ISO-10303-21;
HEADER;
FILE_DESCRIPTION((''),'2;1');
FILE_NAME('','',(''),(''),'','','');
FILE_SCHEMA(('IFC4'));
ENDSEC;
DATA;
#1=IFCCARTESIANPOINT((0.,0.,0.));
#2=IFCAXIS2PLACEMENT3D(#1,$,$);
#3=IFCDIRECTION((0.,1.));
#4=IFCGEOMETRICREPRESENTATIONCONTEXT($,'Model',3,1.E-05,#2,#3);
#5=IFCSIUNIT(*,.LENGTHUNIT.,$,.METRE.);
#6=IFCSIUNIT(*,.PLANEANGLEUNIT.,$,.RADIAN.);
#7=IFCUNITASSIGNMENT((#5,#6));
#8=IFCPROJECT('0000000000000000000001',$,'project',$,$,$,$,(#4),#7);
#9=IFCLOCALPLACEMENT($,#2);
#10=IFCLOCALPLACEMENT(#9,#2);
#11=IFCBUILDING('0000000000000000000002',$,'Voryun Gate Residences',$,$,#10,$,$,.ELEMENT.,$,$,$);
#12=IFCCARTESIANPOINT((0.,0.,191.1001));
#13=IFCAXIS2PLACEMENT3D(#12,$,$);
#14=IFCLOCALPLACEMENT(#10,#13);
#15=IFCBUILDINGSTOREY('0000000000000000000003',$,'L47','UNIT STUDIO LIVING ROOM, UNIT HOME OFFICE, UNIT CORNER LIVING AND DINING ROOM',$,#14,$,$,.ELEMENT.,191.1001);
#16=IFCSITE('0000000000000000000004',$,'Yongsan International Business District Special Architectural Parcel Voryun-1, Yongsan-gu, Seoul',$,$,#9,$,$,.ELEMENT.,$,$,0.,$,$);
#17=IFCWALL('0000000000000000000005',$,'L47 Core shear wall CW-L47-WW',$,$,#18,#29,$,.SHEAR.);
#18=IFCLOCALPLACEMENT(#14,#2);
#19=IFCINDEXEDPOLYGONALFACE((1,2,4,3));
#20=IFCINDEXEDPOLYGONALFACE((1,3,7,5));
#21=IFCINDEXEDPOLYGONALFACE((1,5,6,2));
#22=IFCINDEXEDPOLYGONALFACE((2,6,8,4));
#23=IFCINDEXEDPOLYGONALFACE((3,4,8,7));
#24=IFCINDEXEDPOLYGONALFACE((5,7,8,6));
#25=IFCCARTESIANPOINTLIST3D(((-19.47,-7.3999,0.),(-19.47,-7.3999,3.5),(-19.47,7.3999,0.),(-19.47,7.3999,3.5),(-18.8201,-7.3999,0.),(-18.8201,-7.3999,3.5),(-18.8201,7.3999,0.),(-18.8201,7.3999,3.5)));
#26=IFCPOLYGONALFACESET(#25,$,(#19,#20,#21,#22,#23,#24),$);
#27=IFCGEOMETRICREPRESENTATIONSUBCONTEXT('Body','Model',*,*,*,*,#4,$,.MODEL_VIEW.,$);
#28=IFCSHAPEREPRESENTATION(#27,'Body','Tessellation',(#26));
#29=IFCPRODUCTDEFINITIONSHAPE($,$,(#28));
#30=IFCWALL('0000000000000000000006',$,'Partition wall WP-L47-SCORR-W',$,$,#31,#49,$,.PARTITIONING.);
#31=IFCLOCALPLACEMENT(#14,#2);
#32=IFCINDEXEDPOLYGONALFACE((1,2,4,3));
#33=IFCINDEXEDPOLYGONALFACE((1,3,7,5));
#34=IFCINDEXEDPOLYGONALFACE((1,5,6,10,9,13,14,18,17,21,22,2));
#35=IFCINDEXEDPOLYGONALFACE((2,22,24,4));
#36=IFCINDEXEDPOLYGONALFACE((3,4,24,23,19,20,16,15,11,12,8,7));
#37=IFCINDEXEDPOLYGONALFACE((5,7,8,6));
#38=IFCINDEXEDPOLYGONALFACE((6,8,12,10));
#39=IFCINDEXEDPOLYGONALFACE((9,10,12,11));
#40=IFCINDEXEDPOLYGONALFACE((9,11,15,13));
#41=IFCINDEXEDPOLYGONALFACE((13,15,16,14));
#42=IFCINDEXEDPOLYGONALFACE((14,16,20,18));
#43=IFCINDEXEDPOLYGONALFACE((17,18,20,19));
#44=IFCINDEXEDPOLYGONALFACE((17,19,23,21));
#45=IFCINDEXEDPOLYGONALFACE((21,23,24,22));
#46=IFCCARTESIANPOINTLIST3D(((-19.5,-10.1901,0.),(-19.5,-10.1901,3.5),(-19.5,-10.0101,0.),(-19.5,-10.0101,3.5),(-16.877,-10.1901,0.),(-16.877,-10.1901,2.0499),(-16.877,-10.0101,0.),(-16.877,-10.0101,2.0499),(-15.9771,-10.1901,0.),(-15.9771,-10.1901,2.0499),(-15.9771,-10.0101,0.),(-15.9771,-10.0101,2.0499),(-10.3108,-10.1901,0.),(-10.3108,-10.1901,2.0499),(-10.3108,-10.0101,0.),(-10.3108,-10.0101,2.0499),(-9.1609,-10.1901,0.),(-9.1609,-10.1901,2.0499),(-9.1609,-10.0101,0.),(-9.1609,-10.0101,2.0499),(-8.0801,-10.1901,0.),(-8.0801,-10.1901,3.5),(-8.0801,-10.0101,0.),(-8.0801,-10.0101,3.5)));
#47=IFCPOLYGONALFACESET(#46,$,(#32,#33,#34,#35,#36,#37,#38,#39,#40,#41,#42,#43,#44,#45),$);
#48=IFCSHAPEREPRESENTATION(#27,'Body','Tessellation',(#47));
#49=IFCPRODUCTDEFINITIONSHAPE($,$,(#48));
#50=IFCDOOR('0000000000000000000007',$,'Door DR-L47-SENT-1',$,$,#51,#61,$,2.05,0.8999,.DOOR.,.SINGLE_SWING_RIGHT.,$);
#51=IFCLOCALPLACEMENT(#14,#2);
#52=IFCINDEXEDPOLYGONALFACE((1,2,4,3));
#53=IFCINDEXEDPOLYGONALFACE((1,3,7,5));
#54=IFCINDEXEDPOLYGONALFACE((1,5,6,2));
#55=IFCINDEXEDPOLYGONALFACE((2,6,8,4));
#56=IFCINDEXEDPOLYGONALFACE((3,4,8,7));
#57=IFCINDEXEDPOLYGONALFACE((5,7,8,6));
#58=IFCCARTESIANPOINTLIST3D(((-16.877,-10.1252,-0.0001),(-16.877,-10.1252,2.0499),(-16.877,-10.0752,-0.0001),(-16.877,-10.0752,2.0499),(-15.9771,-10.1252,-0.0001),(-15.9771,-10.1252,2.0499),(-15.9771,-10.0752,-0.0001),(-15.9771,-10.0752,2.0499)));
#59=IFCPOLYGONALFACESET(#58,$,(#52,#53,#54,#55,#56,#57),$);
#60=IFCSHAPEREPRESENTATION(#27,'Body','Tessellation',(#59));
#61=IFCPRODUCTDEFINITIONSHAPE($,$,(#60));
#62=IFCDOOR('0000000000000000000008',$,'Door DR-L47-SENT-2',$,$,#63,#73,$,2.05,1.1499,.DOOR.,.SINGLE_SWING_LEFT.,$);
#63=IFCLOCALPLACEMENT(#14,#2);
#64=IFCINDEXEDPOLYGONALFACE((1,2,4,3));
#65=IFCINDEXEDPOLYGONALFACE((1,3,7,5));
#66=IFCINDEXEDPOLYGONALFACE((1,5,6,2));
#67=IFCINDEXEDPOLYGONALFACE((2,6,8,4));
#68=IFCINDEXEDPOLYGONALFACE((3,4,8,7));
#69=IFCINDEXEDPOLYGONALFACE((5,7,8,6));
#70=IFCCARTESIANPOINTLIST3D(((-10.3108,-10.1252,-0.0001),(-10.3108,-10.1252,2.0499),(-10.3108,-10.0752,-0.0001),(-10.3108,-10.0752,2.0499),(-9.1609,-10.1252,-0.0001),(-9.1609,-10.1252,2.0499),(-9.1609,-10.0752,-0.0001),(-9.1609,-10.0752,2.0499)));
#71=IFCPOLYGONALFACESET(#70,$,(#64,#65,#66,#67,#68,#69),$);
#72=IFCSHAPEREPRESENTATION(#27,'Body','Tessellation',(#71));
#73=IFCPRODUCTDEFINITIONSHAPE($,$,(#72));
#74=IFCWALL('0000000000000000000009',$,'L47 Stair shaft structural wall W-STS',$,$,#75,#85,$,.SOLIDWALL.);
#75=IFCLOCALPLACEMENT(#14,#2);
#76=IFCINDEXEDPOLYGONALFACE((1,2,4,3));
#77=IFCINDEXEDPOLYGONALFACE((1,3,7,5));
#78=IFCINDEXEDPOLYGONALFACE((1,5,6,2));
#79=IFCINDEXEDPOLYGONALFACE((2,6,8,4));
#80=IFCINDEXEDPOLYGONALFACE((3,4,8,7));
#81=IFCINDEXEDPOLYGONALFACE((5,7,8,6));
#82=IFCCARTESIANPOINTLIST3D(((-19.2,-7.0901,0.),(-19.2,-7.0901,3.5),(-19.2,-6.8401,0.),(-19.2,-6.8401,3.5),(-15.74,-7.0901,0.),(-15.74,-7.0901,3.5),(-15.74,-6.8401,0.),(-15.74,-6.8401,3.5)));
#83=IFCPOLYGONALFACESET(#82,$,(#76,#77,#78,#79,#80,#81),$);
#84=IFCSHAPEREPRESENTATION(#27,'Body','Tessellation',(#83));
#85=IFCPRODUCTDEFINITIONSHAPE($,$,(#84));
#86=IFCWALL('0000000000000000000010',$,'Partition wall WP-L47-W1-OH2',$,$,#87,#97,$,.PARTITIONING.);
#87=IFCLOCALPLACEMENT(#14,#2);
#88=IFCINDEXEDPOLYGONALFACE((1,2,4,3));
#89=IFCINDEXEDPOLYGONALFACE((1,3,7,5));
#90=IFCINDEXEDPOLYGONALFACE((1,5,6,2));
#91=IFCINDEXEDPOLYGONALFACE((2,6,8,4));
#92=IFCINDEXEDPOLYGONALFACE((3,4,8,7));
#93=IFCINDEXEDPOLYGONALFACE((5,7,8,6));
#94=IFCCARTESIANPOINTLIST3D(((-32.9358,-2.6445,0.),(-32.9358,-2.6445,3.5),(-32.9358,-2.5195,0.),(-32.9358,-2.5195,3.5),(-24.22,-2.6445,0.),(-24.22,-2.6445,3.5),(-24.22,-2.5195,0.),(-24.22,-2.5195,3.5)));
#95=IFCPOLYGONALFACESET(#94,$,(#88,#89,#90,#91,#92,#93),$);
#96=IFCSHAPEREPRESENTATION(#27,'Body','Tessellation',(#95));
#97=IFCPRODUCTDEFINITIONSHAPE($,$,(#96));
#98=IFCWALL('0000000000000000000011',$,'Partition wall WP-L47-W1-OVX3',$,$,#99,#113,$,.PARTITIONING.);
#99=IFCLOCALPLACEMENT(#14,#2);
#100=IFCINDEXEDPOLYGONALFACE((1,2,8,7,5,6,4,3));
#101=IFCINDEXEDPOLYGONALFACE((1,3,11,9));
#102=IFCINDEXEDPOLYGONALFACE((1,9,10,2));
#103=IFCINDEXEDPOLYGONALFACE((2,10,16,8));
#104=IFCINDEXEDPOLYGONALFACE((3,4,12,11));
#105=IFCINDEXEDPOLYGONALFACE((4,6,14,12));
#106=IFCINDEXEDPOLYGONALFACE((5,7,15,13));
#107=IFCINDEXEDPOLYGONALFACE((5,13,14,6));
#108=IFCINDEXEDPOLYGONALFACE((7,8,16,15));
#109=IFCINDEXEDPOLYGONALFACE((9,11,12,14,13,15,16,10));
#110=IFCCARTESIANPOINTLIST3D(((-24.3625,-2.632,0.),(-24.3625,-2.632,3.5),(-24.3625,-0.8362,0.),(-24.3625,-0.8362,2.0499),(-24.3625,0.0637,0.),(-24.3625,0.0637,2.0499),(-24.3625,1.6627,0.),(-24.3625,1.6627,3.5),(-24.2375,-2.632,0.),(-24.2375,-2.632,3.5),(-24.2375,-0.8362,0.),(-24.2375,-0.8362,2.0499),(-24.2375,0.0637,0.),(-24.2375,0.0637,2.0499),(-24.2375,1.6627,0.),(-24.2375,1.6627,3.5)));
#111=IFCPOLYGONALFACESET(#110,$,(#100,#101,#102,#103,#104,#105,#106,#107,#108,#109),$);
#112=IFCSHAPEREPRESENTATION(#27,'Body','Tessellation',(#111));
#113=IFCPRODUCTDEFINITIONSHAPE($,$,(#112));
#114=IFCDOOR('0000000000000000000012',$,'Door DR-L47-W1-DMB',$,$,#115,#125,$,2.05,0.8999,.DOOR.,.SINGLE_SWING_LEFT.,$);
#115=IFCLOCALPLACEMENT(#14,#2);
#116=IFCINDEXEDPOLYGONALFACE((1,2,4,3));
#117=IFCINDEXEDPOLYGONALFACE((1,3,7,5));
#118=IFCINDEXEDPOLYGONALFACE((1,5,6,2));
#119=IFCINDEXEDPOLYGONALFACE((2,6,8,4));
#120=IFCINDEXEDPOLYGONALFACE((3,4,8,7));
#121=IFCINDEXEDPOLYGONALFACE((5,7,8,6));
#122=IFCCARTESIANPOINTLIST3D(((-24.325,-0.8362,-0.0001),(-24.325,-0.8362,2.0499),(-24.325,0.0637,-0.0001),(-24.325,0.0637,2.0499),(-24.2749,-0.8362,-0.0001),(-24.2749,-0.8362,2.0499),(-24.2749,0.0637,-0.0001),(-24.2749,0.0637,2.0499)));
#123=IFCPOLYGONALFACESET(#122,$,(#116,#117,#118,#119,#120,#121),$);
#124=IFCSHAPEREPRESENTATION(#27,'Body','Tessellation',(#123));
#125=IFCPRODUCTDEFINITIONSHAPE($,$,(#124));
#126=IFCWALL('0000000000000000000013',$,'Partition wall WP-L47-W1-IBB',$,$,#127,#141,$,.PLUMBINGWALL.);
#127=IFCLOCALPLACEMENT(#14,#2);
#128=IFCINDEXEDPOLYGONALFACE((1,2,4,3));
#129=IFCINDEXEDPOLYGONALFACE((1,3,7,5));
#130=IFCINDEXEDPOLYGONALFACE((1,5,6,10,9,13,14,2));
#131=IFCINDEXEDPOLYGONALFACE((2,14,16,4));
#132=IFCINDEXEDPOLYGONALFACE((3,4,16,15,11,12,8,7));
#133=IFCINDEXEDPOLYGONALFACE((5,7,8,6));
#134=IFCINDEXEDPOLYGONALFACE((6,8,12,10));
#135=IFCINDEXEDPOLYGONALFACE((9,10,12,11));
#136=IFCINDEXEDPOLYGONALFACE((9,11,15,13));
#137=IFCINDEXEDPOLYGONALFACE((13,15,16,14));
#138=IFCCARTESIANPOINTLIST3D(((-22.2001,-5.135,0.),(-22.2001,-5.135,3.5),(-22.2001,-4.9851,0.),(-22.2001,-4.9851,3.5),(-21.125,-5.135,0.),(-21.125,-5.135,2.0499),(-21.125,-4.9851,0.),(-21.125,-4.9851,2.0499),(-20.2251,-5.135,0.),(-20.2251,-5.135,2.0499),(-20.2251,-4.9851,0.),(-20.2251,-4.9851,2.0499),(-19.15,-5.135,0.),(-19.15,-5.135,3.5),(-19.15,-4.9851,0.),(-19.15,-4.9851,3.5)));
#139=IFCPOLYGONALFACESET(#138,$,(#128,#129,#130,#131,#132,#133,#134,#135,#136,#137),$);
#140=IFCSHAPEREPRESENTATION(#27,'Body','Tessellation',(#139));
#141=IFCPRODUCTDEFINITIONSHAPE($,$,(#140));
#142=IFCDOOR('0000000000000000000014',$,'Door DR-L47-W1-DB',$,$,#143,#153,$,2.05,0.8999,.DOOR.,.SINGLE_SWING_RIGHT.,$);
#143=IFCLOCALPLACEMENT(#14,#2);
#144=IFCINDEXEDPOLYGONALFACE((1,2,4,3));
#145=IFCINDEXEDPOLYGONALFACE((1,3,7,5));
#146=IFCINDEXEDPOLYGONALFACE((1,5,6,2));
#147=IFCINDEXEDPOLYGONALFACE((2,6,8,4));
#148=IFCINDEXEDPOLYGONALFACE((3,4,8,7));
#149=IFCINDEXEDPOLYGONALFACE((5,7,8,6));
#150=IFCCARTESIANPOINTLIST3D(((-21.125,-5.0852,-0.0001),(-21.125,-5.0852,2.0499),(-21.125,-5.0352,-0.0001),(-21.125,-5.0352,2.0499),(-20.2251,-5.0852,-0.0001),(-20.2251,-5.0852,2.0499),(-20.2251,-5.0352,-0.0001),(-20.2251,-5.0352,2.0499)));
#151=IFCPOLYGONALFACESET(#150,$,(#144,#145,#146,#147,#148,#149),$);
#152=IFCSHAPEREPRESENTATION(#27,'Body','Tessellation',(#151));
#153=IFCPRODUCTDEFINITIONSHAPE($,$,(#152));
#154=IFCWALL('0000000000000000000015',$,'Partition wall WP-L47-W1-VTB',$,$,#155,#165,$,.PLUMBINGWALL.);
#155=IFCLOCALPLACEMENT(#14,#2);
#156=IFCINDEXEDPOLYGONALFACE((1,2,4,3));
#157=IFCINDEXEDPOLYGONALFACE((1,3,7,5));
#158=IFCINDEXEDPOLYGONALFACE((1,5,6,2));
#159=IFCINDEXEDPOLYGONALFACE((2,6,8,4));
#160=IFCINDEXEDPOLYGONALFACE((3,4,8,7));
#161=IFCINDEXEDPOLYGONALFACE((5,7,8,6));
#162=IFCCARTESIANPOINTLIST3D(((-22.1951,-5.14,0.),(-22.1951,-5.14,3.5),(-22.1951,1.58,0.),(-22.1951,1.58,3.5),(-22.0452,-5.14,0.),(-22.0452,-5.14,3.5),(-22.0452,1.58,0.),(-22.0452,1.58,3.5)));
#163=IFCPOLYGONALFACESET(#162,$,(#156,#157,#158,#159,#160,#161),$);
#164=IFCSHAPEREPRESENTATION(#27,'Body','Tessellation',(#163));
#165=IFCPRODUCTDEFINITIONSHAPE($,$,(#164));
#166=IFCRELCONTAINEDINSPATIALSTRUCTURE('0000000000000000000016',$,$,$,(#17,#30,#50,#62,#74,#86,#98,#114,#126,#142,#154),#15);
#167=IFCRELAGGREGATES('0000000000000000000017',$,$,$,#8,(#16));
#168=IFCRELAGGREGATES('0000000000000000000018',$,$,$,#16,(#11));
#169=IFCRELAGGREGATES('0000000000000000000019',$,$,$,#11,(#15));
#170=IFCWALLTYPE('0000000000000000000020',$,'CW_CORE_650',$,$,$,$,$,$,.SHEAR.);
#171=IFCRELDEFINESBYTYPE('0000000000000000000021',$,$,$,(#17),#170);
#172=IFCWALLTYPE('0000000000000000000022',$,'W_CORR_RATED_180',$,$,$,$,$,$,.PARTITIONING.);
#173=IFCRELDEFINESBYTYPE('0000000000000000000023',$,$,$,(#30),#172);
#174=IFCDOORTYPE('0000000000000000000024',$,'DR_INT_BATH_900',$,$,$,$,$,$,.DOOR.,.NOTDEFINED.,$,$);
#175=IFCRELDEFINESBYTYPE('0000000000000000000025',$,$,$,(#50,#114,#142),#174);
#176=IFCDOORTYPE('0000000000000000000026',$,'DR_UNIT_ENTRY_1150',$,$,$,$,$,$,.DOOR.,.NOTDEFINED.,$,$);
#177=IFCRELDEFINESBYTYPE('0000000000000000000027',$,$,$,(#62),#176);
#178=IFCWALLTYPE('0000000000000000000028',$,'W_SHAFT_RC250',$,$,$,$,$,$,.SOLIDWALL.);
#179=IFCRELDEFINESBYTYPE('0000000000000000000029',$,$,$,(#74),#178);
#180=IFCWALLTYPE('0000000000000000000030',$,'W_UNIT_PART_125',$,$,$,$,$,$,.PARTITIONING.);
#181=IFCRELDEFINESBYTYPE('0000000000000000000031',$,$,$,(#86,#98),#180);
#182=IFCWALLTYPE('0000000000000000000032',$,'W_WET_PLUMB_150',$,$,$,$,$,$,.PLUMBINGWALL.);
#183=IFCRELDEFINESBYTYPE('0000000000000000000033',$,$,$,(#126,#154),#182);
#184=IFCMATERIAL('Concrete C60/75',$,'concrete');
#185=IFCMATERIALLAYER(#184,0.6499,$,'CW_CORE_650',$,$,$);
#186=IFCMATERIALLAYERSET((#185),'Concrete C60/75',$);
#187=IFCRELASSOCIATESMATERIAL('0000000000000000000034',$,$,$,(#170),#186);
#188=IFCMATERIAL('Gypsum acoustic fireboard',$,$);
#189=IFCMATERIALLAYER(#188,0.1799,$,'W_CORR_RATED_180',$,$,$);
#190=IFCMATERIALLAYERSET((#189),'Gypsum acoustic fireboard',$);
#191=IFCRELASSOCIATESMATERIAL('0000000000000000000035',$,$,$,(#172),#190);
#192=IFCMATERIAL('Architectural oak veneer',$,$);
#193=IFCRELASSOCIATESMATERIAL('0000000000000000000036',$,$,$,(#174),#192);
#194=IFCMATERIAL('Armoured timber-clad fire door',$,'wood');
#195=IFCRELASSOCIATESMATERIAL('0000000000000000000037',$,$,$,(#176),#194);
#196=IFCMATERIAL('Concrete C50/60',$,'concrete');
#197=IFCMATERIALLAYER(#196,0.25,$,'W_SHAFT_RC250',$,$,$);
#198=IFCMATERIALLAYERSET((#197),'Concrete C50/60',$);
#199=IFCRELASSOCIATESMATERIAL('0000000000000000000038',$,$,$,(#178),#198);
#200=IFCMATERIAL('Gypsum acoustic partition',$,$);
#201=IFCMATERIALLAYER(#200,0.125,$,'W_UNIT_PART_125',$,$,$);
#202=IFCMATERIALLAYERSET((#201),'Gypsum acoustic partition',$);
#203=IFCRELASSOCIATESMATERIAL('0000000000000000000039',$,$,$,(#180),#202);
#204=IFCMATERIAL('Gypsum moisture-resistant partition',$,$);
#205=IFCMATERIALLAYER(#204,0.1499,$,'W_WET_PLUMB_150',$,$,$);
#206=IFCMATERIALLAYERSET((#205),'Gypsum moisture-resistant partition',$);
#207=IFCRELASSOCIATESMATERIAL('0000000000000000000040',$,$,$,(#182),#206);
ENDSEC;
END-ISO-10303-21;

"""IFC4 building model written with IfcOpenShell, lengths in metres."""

from ifc_helpers import new_model, si_unit, direction, frame, frame_2d, origin, place, context, subcontext, project, spatial, rectangle, extrude, material, layer, layer_set, type_object, element, fill, save


model = new_model("IFC4")

# Units and contexts
model_context = context("Model", 3, precision=1e-05, world=origin(), true_north=direction((0.0, 1.0)))
body_context = subcontext(model_context, "Body", "Model", "MODEL_VIEW")
ifc_project = project(units=[si_unit("LENGTHUNIT", "METRE"), si_unit("PLANEANGLEUNIT", "RADIAN")], contexts=[model_context])

# Site, building, storey
site_placement = place(None, origin())
site = spatial("IfcSite", under=ifc_project, at=site_placement, Name="Yongsan International Business District Special Architectural Parcel Voryun-1, Yongsan-gu, Seoul", CompositionType="ELEMENT", RefElevation=0.0)
building_placement = place(site_placement, origin())
building = spatial("IfcBuilding", under=site, at=building_placement, Name="Voryun Gate Residences", CompositionType="ELEMENT")
storey_placement = place(building_placement, frame((0.0, 0.0, 191.1001)))
storey = spatial("IfcBuildingStorey", under=building, at=storey_placement, Name="L47", Description="UNIT STUDIO LIVING ROOM, UNIT HOME OFFICE, UNIT CORNER LIVING AND DINING ROOM", CompositionType="ELEMENT", Elevation=191.1001)

# Wall
ifc_material_1 = material(Name="Concrete C60/75", Category="concrete")
ifc_layer_1 = layer(ifc_material_1, 0.6499, Name="CW_CORE_650")
ifc_layer_set_1 = layer_set([ifc_layer_1], Name="Concrete C60/75")
wall_type_1 = type_object("IfcWallType", Name="CW_CORE_650", PredefinedType="SHEAR", material=ifc_layer_set_1)
wall_1_placement = place(storey_placement, frame((-19.145, -7.3999, 0.0), z_axis=(0.0, 0.0, 1.0), x_axis=(0.0, 1.0, 0.0)))
element("IfcWall", 1, at=wall_1_placement, inside=storey, type_object=wall_type_1, Name="L47 Core shear wall CW-L47-WW", PredefinedType="SHEAR", context=body_context, shape_type="SweptSolid", body=[
    extrude(rectangle(XDim=14.7998, YDim=0.6499, at=frame_2d((7.3999, 0.0))), origin(), (0.0, 0.0, 1.0), 3.5),
])

# Wall, openings, doors
ifc_material_2 = material(Name="Gypsum acoustic fireboard")
ifc_layer_2 = layer(ifc_material_2, 0.1799, Name="W_CORR_RATED_180")
ifc_layer_set_2 = layer_set([ifc_layer_2], Name="Gypsum acoustic fireboard")
wall_type_2 = type_object("IfcWallType", Name="W_CORR_RATED_180", PredefinedType="PARTITIONING", material=ifc_layer_set_2)
wall_2_placement = place(storey_placement, frame((-19.5, -10.1001, 0.0), z_axis=(0.0, 0.0, 1.0), x_axis=(1.0, 0.0, 0.0)))
wall_2 = element("IfcWall", 2, at=wall_2_placement, inside=storey, type_object=wall_type_2, Name="Partition wall WP-L47-SCORR-W", PredefinedType="PARTITIONING", context=body_context, shape_type="SweptSolid", body=[
    extrude(rectangle(XDim=11.4199, YDim=0.1799, at=frame_2d((5.71, 0.0))), origin(), (0.0, 0.0, 1.0), 3.5),
])
opening_1_placement = place(wall_2_placement, frame((2.623, 0.0, 0.0)))
opening_1 = element("IfcOpeningElement", 3, at=opening_1_placement, cuts=wall_2, PredefinedType="OPENING", context=body_context, shape_type="SweptSolid", body=[
    extrude(rectangle(XDim=0.8999, YDim=2.05, at=frame_2d((0.45, 1.0249))), frame((0.0, 0.0999, 0.0), z_axis=(0.0, -1.0, 0.0), x_axis=(1.0, 0.0, 0.0)), (0.0, 0.0, 1.0), 0.2),
])
opening_2_placement = place(wall_2_placement, frame((9.1892, 0.0, 0.0)))
opening_2 = element("IfcOpeningElement", 4, at=opening_2_placement, cuts=wall_2, PredefinedType="OPENING", context=body_context, shape_type="SweptSolid", body=[
    extrude(rectangle(XDim=1.1499, YDim=2.05, at=frame_2d((0.575, 1.0249))), frame((0.0, 0.0999, 0.0), z_axis=(0.0, -1.0, 0.0), x_axis=(1.0, 0.0, 0.0)), (0.0, 0.0, 1.0), 0.2),
])
ifc_material_3 = material(Name="Architectural oak veneer")
door_type_1 = type_object("IfcDoorType", Name="DR_INT_BATH_900", OperationType="NOTDEFINED", PredefinedType="DOOR", material=ifc_material_3)
door_1_placement = place(opening_1_placement, origin())
door_1 = element("IfcDoor", 5, at=door_1_placement, inside=storey, type_object=door_type_1, Name="Door DR-L47-SENT-1", OperationType="SINGLE_SWING_RIGHT", OverallHeight=2.05, OverallWidth=0.8999, PredefinedType="DOOR", context=body_context, shape_type="SweptSolid", body=[
    extrude(rectangle(XDim=0.8999, YDim=2.05, at=frame_2d((0.45, 1.0249))), frame((0.0, 0.0249, 0.0), z_axis=(0.0, -1.0, 0.0), x_axis=(1.0, 0.0, 0.0)), (0.0, 0.0, 1.0), 0.05),
])
fill(opening_1, door_1)
ifc_material_4 = material(Name="Armoured timber-clad fire door", Category="wood")
door_type_2 = type_object("IfcDoorType", Name="DR_UNIT_ENTRY_1150", OperationType="NOTDEFINED", PredefinedType="DOOR", material=ifc_material_4)
door_2_placement = place(opening_2_placement, origin())
door_2 = element("IfcDoor", 6, at=door_2_placement, inside=storey, type_object=door_type_2, Name="Door DR-L47-SENT-2", OperationType="SINGLE_SWING_LEFT", OverallHeight=2.05, OverallWidth=1.1499, PredefinedType="DOOR", context=body_context, shape_type="SweptSolid", body=[
    extrude(rectangle(XDim=1.1499, YDim=2.05, at=frame_2d((0.575, 1.0249))), frame((0.0, 0.0249, 0.0), z_axis=(0.0, -1.0, 0.0), x_axis=(1.0, 0.0, 0.0)), (0.0, 0.0, 1.0), 0.05),
])
fill(opening_2, door_2)

# Walls
ifc_material_5 = material(Name="Concrete C50/60", Category="concrete")
ifc_layer_3 = layer(ifc_material_5, 0.25, Name="W_SHAFT_RC250")
ifc_layer_set_3 = layer_set([ifc_layer_3], Name="Concrete C50/60")
wall_type_3 = type_object("IfcWallType", Name="W_SHAFT_RC250", PredefinedType="SOLIDWALL", material=ifc_layer_set_3)
wall_3_placement = place(storey_placement, frame((-19.2, -6.9651, 0.0), z_axis=(0.0, 0.0, 1.0), x_axis=(1.0, 0.0, 0.0)))
element("IfcWall", 7, at=wall_3_placement, inside=storey, type_object=wall_type_3, Name="L47 Stair shaft structural wall W-STS", PredefinedType="SOLIDWALL", context=body_context, shape_type="SweptSolid", body=[
    extrude(rectangle(XDim=3.46, YDim=0.25, at=frame_2d((1.73, 0.0))), origin(), (0.0, 0.0, 1.0), 3.5),
])
ifc_material_6 = material(Name="Gypsum acoustic partition")
ifc_layer_4 = layer(ifc_material_6, 0.125, Name="W_UNIT_PART_125")
ifc_layer_set_4 = layer_set([ifc_layer_4], Name="Gypsum acoustic partition")
wall_type_4 = type_object("IfcWallType", Name="W_UNIT_PART_125", PredefinedType="PARTITIONING", material=ifc_layer_set_4)
wall_4_placement = place(storey_placement, frame((-32.9358, -2.582, 0.0), z_axis=(0.0, 0.0, 1.0), x_axis=(1.0, 0.0, 0.0)))
element("IfcWall", 8, at=wall_4_placement, inside=storey, type_object=wall_type_4, Name="Partition wall WP-L47-W1-OH2", PredefinedType="PARTITIONING", context=body_context, shape_type="SweptSolid", body=[
    extrude(rectangle(XDim=8.7158, YDim=0.125, at=frame_2d((4.3579, 0.0))), origin(), (0.0, 0.0, 1.0), 3.5),
])

# Walls, openings, doors
wall_5_placement = place(storey_placement, frame((-24.3, -2.6321, 0.0), z_axis=(0.0, 0.0, 1.0), x_axis=(0.0, 1.0, 0.0)))
wall_5 = element("IfcWall", 9, at=wall_5_placement, inside=storey, type_object=wall_type_4, Name="Partition wall WP-L47-W1-OVX3", PredefinedType="PARTITIONING", context=body_context, shape_type="SweptSolid", body=[
    extrude(rectangle(XDim=4.2947, YDim=0.125, at=frame_2d((2.1475, 0.0))), origin(), (0.0, 0.0, 1.0), 3.5),
])
opening_3_placement = place(wall_5_placement, frame((1.7959, 0.0, 0.0)))
opening_3 = element("IfcOpeningElement", 10, at=opening_3_placement, cuts=wall_5, PredefinedType="OPENING", context=body_context, shape_type="SweptSolid", body=[
    extrude(rectangle(XDim=0.8999, YDim=2.05, at=frame_2d((0.45, 1.0249))), frame((0.0, 0.0725, 0.0), z_axis=(0.0, -1.0, 0.0), x_axis=(1.0, 0.0, 0.0)), (0.0, 0.0, 1.0), 0.145),
])
door_3_placement = place(opening_3_placement, origin())
door_3 = element("IfcDoor", 11, at=door_3_placement, inside=storey, type_object=door_type_1, Name="Door DR-L47-W1-DMB", OperationType="SINGLE_SWING_LEFT", OverallHeight=2.05, OverallWidth=0.8999, PredefinedType="DOOR", context=body_context, shape_type="SweptSolid", body=[
    extrude(rectangle(XDim=0.8999, YDim=2.05, at=frame_2d((0.45, 1.0249))), frame((0.0, 0.0249, 0.0), z_axis=(0.0, -1.0, 0.0), x_axis=(1.0, 0.0, 0.0)), (0.0, 0.0, 1.0), 0.05),
])
fill(opening_3, door_3)
ifc_material_7 = material(Name="Gypsum moisture-resistant partition")
ifc_layer_5 = layer(ifc_material_7, 0.1499, Name="W_WET_PLUMB_150")
ifc_layer_set_5 = layer_set([ifc_layer_5], Name="Gypsum moisture-resistant partition")
wall_type_5 = type_object("IfcWallType", Name="W_WET_PLUMB_150", PredefinedType="PLUMBINGWALL", material=ifc_layer_set_5)
wall_6_placement = place(storey_placement, frame((-22.2, -5.0601, 0.0), z_axis=(0.0, 0.0, 1.0), x_axis=(1.0, 0.0, 0.0)))
wall_6 = element("IfcWall", 12, at=wall_6_placement, inside=storey, type_object=wall_type_5, Name="Partition wall WP-L47-W1-IBB", PredefinedType="PLUMBINGWALL", context=body_context, shape_type="SweptSolid", body=[
    extrude(rectangle(XDim=3.05, YDim=0.1499, at=frame_2d((1.5249, 0.0))), origin(), (0.0, 0.0, 1.0), 3.5),
])
opening_4_placement = place(wall_6_placement, frame((1.075, 0.0, 0.0)))
opening_4 = element("IfcOpeningElement", 13, at=opening_4_placement, cuts=wall_6, PredefinedType="OPENING", context=body_context, shape_type="SweptSolid", body=[
    extrude(rectangle(XDim=0.8999, YDim=2.05, at=frame_2d((0.45, 1.0249))), frame((0.0, 0.085, 0.0), z_axis=(0.0, -1.0, 0.0), x_axis=(1.0, 0.0, 0.0)), (0.0, 0.0, 1.0), 0.1699),
])
door_4_placement = place(opening_4_placement, origin())
door_4 = element("IfcDoor", 14, at=door_4_placement, inside=storey, type_object=door_type_1, Name="Door DR-L47-W1-DB", OperationType="SINGLE_SWING_RIGHT", OverallHeight=2.05, OverallWidth=0.8999, PredefinedType="DOOR", context=body_context, shape_type="SweptSolid", body=[
    extrude(rectangle(XDim=0.8999, YDim=2.05, at=frame_2d((0.45, 1.0249))), frame((0.0, 0.0249, 0.0), z_axis=(0.0, -1.0, 0.0), x_axis=(1.0, 0.0, 0.0)), (0.0, 0.0, 1.0), 0.05),
])
fill(opening_4, door_4)

# Wall
wall_7_placement = place(storey_placement, frame((-22.1201, -5.1399, 0.0), z_axis=(0.0, 0.0, 1.0), x_axis=(0.0, 1.0, 0.0)))
element("IfcWall", 15, at=wall_7_placement, inside=storey, type_object=wall_type_5, Name="Partition wall WP-L47-W1-VTB", PredefinedType="PLUMBINGWALL", context=body_context, shape_type="SweptSolid", body=[
    extrude(rectangle(XDim=6.72, YDim=0.1499, at=frame_2d((3.3599, 0.0))), origin(), (0.0, 0.0, 1.0), 3.5),
])

save(model, "model.ifc")
